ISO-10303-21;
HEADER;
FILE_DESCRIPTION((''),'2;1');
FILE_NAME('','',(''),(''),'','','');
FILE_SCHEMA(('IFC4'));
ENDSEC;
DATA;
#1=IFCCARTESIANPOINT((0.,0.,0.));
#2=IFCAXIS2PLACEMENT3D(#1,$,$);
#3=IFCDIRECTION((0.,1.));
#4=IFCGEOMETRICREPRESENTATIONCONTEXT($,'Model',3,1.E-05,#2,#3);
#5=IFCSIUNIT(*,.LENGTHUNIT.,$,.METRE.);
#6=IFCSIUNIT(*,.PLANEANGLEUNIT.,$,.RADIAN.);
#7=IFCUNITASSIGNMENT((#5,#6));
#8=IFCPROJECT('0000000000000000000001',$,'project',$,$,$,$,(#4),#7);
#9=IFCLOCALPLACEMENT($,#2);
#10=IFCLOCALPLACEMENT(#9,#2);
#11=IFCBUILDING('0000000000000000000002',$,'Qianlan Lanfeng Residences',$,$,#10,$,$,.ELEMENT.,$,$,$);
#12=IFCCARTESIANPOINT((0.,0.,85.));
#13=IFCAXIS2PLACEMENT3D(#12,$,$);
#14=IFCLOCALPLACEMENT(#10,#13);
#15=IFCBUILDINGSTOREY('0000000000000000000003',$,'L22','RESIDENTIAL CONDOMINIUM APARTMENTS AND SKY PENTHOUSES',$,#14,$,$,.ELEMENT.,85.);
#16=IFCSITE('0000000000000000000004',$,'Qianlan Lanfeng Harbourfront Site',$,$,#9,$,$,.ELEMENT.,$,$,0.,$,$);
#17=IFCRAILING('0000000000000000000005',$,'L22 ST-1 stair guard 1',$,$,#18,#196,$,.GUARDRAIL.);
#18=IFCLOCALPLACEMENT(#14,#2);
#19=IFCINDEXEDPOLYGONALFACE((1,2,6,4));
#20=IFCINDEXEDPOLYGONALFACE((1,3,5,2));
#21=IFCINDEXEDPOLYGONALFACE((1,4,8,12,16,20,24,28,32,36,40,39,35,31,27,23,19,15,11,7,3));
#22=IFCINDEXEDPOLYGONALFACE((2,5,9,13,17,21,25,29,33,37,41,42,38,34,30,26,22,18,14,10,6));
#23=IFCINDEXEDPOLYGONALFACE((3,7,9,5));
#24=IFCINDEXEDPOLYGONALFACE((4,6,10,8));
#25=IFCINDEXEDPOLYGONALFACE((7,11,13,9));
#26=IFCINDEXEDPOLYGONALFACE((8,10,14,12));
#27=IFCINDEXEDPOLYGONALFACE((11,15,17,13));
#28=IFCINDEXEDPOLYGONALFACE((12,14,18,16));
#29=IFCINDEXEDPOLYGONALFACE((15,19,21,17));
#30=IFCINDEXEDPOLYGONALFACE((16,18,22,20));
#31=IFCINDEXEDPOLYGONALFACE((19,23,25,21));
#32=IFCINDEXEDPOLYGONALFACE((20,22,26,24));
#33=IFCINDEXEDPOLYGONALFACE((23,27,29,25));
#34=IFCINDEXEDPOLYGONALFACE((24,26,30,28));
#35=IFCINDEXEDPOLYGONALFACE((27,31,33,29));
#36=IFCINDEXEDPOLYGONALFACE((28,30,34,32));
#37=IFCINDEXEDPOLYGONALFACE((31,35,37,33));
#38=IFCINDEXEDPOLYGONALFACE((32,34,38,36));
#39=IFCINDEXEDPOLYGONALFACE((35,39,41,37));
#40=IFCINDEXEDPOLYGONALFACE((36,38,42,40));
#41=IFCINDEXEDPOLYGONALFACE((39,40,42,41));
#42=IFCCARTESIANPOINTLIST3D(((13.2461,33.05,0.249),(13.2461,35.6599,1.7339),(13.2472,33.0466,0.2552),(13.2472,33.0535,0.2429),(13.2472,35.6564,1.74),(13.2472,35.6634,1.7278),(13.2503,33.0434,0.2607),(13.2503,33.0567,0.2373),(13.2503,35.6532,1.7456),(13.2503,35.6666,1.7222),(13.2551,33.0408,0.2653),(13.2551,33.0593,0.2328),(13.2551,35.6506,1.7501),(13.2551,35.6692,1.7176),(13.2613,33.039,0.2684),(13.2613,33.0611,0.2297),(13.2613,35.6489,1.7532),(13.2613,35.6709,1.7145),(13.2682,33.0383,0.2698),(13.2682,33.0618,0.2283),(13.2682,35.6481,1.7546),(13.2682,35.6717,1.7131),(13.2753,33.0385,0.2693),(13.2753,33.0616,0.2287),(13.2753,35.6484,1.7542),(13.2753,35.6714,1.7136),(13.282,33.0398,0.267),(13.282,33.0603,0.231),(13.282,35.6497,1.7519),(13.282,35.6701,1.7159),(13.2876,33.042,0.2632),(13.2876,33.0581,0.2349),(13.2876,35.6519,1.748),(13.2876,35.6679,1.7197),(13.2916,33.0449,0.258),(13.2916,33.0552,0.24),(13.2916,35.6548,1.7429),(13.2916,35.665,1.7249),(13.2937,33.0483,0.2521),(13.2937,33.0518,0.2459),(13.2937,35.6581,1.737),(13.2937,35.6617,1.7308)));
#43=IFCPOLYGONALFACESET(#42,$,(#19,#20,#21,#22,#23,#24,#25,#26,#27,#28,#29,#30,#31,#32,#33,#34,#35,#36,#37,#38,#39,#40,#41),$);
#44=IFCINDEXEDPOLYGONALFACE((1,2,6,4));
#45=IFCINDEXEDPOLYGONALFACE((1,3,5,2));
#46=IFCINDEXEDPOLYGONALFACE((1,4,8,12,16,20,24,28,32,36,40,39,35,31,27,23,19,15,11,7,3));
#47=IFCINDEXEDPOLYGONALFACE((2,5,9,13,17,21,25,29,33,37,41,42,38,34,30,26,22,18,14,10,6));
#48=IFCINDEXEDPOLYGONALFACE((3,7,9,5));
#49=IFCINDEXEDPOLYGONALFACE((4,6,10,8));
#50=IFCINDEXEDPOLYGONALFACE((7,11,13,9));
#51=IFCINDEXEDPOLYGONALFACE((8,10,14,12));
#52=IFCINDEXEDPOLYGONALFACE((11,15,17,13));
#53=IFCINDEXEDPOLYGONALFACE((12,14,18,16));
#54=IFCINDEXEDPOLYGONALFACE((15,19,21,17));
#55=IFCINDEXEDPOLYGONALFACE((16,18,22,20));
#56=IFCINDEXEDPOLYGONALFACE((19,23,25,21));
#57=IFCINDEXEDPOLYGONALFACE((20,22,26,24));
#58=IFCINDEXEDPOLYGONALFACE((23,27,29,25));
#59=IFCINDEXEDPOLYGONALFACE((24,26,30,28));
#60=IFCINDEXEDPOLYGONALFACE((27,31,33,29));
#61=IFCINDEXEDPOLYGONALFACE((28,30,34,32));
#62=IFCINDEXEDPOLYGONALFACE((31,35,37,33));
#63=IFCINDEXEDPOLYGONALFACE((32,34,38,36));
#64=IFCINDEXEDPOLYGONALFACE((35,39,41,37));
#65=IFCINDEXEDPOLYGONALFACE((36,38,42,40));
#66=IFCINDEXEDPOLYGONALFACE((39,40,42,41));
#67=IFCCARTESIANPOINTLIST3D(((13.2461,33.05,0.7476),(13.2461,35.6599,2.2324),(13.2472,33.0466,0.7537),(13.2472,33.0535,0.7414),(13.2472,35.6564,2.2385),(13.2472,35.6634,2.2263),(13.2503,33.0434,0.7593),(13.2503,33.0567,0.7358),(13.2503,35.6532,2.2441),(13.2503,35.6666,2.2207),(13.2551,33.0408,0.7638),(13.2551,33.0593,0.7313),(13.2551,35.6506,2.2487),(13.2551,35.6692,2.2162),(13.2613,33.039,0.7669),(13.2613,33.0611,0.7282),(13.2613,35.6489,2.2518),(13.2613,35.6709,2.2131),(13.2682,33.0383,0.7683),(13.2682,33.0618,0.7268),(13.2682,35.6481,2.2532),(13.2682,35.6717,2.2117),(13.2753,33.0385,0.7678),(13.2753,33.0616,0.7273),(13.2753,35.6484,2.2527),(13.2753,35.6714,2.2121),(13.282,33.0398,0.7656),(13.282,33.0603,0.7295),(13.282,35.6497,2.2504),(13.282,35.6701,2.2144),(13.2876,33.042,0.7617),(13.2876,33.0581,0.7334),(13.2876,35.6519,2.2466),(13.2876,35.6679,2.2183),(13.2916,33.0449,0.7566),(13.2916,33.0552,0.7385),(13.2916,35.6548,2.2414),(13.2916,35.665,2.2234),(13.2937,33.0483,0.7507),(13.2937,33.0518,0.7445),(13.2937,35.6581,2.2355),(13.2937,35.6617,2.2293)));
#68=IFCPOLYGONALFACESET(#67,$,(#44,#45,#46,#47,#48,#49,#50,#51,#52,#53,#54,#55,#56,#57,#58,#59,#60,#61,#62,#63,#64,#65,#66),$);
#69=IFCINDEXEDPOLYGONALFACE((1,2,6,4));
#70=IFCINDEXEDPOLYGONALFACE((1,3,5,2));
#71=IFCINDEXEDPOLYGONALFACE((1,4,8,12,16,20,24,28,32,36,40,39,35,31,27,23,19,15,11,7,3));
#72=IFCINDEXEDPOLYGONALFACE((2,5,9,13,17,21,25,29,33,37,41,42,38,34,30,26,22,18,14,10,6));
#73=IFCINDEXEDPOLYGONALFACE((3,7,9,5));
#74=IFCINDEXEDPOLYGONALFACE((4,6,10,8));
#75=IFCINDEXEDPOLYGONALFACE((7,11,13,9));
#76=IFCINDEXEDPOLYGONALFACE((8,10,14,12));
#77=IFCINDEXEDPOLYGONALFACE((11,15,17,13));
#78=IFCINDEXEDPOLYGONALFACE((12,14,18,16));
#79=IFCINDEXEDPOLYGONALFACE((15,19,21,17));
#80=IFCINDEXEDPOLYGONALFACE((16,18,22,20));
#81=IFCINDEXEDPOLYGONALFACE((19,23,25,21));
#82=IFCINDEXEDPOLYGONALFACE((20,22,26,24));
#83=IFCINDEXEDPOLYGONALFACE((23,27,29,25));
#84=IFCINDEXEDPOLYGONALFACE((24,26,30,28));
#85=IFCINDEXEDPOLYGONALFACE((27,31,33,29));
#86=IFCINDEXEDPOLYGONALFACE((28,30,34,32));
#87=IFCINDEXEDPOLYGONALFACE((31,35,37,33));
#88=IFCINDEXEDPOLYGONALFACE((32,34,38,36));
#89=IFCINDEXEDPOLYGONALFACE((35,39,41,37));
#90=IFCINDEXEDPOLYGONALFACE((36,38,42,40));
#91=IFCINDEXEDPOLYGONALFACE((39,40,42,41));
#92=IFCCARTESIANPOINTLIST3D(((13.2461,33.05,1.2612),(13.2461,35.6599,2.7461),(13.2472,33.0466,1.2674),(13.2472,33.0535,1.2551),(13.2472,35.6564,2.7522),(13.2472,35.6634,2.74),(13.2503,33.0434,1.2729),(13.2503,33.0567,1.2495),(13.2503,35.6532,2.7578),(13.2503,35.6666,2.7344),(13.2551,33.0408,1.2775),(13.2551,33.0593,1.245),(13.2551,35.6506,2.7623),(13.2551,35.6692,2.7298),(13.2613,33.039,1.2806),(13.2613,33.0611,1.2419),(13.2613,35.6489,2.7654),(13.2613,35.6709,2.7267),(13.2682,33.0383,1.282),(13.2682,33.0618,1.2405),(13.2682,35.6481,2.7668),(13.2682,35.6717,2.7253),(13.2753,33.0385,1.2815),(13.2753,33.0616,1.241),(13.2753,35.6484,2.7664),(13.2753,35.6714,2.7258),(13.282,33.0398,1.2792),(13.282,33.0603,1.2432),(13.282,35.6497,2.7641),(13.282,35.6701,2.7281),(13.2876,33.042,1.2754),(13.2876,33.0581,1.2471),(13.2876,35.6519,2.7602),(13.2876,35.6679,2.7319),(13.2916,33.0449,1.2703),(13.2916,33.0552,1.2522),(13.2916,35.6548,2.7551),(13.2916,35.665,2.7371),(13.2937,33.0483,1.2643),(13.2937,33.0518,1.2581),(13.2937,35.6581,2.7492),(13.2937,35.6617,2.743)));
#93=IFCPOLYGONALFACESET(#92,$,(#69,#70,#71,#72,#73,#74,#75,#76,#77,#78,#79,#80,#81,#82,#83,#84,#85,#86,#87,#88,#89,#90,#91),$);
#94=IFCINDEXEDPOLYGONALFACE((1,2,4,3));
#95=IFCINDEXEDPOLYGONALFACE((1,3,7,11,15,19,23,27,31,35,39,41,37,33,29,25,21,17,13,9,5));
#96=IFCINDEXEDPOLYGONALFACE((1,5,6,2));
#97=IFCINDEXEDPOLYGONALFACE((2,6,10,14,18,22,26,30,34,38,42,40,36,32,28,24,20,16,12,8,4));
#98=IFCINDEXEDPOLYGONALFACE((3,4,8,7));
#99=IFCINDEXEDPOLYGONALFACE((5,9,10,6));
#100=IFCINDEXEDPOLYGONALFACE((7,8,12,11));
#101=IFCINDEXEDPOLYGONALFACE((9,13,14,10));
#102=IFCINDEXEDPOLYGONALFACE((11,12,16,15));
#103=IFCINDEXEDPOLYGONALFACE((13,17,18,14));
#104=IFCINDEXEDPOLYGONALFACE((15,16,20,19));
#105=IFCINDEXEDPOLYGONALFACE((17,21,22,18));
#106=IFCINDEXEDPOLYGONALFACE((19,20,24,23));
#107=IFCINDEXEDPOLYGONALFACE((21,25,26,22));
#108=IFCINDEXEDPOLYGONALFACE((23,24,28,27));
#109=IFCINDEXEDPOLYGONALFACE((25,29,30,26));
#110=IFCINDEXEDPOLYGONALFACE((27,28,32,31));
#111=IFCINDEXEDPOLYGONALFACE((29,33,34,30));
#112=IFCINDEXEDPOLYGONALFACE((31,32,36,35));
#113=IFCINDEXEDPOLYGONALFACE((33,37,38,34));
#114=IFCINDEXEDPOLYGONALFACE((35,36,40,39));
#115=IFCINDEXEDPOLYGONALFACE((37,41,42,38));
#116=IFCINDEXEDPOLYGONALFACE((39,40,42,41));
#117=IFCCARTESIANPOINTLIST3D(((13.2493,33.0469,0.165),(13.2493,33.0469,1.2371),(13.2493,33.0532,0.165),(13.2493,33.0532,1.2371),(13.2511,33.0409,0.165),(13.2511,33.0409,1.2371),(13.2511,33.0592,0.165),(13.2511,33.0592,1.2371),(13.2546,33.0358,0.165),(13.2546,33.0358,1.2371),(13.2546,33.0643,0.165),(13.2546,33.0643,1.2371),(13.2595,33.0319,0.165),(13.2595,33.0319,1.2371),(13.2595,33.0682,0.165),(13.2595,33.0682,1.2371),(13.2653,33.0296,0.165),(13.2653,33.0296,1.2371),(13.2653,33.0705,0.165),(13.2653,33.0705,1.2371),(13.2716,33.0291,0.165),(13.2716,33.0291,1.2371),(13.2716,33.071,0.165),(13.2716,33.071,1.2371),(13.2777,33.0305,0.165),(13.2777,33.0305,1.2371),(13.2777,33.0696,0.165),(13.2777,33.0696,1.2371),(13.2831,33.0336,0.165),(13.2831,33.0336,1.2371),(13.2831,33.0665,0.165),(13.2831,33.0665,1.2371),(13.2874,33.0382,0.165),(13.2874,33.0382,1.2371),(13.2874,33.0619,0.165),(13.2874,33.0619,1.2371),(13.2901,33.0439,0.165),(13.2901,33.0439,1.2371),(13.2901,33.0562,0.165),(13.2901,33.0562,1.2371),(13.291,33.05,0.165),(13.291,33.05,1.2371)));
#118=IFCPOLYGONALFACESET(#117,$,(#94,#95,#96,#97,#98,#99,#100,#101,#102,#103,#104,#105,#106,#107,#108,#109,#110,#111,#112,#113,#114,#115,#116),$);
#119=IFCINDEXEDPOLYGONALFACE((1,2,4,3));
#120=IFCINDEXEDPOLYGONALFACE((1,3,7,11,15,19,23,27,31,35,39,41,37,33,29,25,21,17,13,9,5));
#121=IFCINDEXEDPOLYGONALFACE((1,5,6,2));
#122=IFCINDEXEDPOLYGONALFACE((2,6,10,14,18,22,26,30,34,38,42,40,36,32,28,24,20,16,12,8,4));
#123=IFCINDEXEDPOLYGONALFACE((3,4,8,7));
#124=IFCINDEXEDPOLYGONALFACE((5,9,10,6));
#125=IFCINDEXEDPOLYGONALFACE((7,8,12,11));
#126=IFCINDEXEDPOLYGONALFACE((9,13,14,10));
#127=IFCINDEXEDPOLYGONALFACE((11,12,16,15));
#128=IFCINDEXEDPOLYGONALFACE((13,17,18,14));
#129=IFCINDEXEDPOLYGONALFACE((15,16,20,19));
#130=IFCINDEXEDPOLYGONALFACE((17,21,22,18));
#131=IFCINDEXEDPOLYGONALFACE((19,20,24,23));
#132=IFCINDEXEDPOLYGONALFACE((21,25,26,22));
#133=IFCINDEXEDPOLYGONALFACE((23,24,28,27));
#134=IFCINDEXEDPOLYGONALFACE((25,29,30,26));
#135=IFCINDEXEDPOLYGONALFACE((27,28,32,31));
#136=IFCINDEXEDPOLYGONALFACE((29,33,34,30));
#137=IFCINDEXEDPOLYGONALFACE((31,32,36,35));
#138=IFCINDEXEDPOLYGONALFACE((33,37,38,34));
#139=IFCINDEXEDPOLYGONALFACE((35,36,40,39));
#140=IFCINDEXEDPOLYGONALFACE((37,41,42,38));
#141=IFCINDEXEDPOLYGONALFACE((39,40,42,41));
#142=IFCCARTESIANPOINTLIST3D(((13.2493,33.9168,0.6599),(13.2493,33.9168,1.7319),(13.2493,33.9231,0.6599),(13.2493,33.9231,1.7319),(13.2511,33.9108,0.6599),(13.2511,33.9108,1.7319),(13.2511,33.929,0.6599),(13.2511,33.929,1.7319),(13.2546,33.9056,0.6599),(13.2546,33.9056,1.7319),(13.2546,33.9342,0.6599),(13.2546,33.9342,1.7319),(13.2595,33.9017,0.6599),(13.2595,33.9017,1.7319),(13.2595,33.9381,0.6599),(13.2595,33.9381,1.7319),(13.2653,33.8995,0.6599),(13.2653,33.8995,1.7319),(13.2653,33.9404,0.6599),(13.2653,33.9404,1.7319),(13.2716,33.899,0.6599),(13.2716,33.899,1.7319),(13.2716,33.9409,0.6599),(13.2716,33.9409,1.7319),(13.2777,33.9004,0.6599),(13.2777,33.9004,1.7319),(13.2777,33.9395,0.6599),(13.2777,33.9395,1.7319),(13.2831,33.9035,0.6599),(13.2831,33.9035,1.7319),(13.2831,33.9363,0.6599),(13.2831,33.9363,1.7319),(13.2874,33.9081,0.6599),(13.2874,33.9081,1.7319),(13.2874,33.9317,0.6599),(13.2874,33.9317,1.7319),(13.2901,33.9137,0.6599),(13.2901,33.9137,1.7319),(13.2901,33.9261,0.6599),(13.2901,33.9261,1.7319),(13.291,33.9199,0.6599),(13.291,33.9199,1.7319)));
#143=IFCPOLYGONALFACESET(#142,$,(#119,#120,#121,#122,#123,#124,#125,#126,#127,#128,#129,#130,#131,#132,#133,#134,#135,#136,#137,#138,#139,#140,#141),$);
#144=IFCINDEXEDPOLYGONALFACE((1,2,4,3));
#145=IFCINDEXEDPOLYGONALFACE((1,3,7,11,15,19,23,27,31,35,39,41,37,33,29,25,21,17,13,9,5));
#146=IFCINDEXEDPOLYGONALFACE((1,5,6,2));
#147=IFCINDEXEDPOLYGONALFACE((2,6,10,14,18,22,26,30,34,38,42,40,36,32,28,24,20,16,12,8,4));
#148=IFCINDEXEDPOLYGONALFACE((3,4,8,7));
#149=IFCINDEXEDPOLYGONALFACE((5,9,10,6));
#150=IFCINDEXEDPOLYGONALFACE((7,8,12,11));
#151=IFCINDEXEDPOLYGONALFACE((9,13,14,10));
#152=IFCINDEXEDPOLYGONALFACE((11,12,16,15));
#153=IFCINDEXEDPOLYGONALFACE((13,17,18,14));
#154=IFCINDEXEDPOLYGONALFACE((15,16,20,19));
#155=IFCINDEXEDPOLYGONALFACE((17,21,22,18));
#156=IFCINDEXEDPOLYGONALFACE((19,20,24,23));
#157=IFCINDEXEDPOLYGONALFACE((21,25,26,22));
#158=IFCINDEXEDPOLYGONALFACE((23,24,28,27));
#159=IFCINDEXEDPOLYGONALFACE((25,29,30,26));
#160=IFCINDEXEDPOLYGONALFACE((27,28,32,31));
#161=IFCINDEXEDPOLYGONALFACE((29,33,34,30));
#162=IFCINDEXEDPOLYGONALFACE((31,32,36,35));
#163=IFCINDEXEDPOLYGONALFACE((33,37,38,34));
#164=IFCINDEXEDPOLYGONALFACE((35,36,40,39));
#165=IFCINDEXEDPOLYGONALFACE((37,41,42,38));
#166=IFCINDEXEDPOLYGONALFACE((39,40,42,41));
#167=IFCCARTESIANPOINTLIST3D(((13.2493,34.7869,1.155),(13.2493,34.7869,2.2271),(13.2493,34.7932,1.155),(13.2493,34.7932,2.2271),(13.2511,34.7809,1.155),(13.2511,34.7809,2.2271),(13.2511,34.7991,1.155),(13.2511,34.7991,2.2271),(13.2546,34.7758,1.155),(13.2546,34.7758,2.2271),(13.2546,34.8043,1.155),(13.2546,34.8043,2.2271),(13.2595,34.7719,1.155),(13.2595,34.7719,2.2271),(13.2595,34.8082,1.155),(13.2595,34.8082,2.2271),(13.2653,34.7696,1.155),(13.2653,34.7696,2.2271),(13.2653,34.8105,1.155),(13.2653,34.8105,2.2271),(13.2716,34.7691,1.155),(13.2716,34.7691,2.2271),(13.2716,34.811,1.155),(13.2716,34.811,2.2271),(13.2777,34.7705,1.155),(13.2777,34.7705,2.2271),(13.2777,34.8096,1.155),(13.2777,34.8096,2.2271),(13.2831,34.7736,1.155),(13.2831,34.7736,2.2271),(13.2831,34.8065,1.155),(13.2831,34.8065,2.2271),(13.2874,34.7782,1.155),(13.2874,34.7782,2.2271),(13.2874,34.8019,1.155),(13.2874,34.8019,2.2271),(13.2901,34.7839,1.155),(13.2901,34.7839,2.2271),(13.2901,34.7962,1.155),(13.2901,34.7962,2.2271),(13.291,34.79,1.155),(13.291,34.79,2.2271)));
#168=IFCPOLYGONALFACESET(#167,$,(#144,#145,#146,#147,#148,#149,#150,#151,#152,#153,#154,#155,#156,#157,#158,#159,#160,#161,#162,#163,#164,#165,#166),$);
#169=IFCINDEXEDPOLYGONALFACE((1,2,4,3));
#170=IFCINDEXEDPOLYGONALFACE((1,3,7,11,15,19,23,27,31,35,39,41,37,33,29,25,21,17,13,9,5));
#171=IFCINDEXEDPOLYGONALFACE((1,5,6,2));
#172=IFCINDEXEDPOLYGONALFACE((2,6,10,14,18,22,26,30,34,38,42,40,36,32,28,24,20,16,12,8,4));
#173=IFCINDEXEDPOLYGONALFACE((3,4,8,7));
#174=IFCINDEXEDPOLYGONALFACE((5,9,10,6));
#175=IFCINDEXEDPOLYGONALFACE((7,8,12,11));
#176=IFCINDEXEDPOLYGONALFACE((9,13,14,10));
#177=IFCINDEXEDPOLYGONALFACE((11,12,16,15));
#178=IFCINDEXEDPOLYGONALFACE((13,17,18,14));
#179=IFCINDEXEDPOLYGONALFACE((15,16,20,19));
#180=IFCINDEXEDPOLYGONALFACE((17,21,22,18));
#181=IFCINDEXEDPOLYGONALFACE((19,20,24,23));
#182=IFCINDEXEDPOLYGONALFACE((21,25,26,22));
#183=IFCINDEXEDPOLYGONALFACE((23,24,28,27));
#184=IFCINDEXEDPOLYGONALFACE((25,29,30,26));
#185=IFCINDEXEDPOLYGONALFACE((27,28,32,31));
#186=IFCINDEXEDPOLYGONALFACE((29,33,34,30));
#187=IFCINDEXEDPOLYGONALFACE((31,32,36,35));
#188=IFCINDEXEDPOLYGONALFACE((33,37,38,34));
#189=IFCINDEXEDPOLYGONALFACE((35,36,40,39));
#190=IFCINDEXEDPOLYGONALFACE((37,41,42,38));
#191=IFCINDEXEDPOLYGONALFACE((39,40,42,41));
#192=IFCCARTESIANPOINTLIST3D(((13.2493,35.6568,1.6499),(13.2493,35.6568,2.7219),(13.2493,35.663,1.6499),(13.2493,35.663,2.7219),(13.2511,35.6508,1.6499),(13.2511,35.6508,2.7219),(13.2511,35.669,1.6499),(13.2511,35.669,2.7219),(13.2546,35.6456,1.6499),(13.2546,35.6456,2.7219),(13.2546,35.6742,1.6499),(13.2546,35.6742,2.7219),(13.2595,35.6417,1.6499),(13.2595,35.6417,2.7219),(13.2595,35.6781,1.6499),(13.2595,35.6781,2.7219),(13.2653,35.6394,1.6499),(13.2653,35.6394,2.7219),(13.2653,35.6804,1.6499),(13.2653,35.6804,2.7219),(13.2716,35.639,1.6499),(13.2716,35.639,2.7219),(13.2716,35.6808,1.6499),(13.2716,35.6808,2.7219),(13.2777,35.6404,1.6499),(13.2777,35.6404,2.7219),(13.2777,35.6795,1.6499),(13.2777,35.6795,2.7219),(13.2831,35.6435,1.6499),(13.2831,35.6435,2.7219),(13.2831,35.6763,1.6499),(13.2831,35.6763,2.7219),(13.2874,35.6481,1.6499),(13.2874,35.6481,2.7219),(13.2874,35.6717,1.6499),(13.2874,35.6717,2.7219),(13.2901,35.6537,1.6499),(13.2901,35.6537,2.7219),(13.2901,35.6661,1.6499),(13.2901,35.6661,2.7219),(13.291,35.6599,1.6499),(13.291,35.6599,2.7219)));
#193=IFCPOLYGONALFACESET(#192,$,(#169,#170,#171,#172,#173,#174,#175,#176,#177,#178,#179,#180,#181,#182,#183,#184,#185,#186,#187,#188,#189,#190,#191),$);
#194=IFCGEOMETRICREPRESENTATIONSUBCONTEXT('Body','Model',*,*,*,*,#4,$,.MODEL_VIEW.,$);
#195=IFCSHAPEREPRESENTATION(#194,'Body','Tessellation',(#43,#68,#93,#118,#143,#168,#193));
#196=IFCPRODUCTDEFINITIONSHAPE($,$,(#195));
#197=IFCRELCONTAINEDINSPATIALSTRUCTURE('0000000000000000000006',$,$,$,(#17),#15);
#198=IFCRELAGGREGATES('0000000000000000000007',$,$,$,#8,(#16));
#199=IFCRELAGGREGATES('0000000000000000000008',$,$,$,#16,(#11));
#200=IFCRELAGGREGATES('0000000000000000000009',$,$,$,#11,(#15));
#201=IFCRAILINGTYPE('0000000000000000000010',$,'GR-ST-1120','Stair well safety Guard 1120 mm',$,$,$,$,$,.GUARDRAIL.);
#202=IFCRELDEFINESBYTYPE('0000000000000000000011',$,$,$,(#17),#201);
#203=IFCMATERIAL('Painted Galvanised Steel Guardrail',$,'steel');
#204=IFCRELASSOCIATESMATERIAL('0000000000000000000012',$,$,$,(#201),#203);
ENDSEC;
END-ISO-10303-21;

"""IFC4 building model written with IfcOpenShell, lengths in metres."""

from ifc_helpers import new_model, si_unit, direction, frame, origin, origin_2d, place, context, subcontext, project, spatial, circle, extrude, material, type_object, element, save


model = new_model("IFC4")

# Units and contexts
model_context = context("Model", 3, precision=1e-05, world=origin(), true_north=direction((0.0, 1.0)))
body_context = subcontext(model_context, "Body", "Model", "MODEL_VIEW")
ifc_project = project(units=[si_unit("LENGTHUNIT", "METRE"), si_unit("PLANEANGLEUNIT", "RADIAN")], contexts=[model_context])

# Site, building, storey
site_placement = place(None, origin())
site = spatial("IfcSite", under=ifc_project, at=site_placement, Name="Qianlan Lanfeng Harbourfront Site", CompositionType="ELEMENT", RefElevation=0.0)
building_placement = place(site_placement, origin())
building = spatial("IfcBuilding", under=site, at=building_placement, Name="Qianlan Lanfeng Residences", CompositionType="ELEMENT")
storey_placement = place(building_placement, frame((0.0, 0.0, 85.0)))
storey = spatial("IfcBuildingStorey", under=building, at=storey_placement, Name="L22", Description="RESIDENTIAL CONDOMINIUM APARTMENTS AND SKY PENTHOUSES", CompositionType="ELEMENT", Elevation=85.0)

# Railing
ifc_material_1 = material(Name="Painted Galvanised Steel Guardrail", Category="steel")
railing_type_1 = type_object("IfcRailingType", Name="GR-ST-1120", Description="Stair well safety Guard 1120 mm", PredefinedType="GUARDRAIL", material=ifc_material_1)
railing_1_placement = place(storey_placement, frame((13.27, 33.05, 0.165)))
element("IfcRailing", 1, at=railing_1_placement, inside=storey, type_object=railing_type_1, Name="L22 ST-1 stair guard 1", PredefinedType="GUARDRAIL", context=body_context, shape_type="SweptSolid", body=[
    extrude(circle(Radius=0.0239, at=origin_2d()), frame((0.0, 0.0, 0.084), z_axis=(0.0, 0.869172, 0.494509), x_axis=(-1.0, 0.0, 0.0)), (0.0, 0.0, 1.0), 3.0027),
    extrude(circle(Radius=0.0239, at=origin_2d()), frame((0.0, 0.0, 0.5825), z_axis=(0.0, 0.869172, 0.494509), x_axis=(-1.0, 0.0, 0.0)), (0.0, 0.0, 1.0), 3.0027),
    extrude(circle(Radius=0.0239, at=origin_2d()), frame((0.0, 0.0, 1.0962), z_axis=(0.0, 0.869172, 0.494509), x_axis=(-1.0, 0.0, 0.0)), (0.0, 0.0, 1.0), 3.0027),
    extrude(circle(Radius=0.021, at=origin_2d()), origin(), (0.0, 0.0, 1.0), 1.072),
    extrude(circle(Radius=0.021, at=origin_2d()), frame((0.0, 0.8699, 0.4949)), (0.0, 0.0, 1.0), 1.072),
    extrude(circle(Radius=0.021, at=origin_2d()), frame((0.0, 1.74, 0.99)), (0.0, 0.0, 1.0), 1.072),
    extrude(circle(Radius=0.021, at=origin_2d()), frame((0.0, 2.6099, 1.4849)), (0.0, 0.0, 1.0), 1.072),
])

save(model, "model.ifc")
